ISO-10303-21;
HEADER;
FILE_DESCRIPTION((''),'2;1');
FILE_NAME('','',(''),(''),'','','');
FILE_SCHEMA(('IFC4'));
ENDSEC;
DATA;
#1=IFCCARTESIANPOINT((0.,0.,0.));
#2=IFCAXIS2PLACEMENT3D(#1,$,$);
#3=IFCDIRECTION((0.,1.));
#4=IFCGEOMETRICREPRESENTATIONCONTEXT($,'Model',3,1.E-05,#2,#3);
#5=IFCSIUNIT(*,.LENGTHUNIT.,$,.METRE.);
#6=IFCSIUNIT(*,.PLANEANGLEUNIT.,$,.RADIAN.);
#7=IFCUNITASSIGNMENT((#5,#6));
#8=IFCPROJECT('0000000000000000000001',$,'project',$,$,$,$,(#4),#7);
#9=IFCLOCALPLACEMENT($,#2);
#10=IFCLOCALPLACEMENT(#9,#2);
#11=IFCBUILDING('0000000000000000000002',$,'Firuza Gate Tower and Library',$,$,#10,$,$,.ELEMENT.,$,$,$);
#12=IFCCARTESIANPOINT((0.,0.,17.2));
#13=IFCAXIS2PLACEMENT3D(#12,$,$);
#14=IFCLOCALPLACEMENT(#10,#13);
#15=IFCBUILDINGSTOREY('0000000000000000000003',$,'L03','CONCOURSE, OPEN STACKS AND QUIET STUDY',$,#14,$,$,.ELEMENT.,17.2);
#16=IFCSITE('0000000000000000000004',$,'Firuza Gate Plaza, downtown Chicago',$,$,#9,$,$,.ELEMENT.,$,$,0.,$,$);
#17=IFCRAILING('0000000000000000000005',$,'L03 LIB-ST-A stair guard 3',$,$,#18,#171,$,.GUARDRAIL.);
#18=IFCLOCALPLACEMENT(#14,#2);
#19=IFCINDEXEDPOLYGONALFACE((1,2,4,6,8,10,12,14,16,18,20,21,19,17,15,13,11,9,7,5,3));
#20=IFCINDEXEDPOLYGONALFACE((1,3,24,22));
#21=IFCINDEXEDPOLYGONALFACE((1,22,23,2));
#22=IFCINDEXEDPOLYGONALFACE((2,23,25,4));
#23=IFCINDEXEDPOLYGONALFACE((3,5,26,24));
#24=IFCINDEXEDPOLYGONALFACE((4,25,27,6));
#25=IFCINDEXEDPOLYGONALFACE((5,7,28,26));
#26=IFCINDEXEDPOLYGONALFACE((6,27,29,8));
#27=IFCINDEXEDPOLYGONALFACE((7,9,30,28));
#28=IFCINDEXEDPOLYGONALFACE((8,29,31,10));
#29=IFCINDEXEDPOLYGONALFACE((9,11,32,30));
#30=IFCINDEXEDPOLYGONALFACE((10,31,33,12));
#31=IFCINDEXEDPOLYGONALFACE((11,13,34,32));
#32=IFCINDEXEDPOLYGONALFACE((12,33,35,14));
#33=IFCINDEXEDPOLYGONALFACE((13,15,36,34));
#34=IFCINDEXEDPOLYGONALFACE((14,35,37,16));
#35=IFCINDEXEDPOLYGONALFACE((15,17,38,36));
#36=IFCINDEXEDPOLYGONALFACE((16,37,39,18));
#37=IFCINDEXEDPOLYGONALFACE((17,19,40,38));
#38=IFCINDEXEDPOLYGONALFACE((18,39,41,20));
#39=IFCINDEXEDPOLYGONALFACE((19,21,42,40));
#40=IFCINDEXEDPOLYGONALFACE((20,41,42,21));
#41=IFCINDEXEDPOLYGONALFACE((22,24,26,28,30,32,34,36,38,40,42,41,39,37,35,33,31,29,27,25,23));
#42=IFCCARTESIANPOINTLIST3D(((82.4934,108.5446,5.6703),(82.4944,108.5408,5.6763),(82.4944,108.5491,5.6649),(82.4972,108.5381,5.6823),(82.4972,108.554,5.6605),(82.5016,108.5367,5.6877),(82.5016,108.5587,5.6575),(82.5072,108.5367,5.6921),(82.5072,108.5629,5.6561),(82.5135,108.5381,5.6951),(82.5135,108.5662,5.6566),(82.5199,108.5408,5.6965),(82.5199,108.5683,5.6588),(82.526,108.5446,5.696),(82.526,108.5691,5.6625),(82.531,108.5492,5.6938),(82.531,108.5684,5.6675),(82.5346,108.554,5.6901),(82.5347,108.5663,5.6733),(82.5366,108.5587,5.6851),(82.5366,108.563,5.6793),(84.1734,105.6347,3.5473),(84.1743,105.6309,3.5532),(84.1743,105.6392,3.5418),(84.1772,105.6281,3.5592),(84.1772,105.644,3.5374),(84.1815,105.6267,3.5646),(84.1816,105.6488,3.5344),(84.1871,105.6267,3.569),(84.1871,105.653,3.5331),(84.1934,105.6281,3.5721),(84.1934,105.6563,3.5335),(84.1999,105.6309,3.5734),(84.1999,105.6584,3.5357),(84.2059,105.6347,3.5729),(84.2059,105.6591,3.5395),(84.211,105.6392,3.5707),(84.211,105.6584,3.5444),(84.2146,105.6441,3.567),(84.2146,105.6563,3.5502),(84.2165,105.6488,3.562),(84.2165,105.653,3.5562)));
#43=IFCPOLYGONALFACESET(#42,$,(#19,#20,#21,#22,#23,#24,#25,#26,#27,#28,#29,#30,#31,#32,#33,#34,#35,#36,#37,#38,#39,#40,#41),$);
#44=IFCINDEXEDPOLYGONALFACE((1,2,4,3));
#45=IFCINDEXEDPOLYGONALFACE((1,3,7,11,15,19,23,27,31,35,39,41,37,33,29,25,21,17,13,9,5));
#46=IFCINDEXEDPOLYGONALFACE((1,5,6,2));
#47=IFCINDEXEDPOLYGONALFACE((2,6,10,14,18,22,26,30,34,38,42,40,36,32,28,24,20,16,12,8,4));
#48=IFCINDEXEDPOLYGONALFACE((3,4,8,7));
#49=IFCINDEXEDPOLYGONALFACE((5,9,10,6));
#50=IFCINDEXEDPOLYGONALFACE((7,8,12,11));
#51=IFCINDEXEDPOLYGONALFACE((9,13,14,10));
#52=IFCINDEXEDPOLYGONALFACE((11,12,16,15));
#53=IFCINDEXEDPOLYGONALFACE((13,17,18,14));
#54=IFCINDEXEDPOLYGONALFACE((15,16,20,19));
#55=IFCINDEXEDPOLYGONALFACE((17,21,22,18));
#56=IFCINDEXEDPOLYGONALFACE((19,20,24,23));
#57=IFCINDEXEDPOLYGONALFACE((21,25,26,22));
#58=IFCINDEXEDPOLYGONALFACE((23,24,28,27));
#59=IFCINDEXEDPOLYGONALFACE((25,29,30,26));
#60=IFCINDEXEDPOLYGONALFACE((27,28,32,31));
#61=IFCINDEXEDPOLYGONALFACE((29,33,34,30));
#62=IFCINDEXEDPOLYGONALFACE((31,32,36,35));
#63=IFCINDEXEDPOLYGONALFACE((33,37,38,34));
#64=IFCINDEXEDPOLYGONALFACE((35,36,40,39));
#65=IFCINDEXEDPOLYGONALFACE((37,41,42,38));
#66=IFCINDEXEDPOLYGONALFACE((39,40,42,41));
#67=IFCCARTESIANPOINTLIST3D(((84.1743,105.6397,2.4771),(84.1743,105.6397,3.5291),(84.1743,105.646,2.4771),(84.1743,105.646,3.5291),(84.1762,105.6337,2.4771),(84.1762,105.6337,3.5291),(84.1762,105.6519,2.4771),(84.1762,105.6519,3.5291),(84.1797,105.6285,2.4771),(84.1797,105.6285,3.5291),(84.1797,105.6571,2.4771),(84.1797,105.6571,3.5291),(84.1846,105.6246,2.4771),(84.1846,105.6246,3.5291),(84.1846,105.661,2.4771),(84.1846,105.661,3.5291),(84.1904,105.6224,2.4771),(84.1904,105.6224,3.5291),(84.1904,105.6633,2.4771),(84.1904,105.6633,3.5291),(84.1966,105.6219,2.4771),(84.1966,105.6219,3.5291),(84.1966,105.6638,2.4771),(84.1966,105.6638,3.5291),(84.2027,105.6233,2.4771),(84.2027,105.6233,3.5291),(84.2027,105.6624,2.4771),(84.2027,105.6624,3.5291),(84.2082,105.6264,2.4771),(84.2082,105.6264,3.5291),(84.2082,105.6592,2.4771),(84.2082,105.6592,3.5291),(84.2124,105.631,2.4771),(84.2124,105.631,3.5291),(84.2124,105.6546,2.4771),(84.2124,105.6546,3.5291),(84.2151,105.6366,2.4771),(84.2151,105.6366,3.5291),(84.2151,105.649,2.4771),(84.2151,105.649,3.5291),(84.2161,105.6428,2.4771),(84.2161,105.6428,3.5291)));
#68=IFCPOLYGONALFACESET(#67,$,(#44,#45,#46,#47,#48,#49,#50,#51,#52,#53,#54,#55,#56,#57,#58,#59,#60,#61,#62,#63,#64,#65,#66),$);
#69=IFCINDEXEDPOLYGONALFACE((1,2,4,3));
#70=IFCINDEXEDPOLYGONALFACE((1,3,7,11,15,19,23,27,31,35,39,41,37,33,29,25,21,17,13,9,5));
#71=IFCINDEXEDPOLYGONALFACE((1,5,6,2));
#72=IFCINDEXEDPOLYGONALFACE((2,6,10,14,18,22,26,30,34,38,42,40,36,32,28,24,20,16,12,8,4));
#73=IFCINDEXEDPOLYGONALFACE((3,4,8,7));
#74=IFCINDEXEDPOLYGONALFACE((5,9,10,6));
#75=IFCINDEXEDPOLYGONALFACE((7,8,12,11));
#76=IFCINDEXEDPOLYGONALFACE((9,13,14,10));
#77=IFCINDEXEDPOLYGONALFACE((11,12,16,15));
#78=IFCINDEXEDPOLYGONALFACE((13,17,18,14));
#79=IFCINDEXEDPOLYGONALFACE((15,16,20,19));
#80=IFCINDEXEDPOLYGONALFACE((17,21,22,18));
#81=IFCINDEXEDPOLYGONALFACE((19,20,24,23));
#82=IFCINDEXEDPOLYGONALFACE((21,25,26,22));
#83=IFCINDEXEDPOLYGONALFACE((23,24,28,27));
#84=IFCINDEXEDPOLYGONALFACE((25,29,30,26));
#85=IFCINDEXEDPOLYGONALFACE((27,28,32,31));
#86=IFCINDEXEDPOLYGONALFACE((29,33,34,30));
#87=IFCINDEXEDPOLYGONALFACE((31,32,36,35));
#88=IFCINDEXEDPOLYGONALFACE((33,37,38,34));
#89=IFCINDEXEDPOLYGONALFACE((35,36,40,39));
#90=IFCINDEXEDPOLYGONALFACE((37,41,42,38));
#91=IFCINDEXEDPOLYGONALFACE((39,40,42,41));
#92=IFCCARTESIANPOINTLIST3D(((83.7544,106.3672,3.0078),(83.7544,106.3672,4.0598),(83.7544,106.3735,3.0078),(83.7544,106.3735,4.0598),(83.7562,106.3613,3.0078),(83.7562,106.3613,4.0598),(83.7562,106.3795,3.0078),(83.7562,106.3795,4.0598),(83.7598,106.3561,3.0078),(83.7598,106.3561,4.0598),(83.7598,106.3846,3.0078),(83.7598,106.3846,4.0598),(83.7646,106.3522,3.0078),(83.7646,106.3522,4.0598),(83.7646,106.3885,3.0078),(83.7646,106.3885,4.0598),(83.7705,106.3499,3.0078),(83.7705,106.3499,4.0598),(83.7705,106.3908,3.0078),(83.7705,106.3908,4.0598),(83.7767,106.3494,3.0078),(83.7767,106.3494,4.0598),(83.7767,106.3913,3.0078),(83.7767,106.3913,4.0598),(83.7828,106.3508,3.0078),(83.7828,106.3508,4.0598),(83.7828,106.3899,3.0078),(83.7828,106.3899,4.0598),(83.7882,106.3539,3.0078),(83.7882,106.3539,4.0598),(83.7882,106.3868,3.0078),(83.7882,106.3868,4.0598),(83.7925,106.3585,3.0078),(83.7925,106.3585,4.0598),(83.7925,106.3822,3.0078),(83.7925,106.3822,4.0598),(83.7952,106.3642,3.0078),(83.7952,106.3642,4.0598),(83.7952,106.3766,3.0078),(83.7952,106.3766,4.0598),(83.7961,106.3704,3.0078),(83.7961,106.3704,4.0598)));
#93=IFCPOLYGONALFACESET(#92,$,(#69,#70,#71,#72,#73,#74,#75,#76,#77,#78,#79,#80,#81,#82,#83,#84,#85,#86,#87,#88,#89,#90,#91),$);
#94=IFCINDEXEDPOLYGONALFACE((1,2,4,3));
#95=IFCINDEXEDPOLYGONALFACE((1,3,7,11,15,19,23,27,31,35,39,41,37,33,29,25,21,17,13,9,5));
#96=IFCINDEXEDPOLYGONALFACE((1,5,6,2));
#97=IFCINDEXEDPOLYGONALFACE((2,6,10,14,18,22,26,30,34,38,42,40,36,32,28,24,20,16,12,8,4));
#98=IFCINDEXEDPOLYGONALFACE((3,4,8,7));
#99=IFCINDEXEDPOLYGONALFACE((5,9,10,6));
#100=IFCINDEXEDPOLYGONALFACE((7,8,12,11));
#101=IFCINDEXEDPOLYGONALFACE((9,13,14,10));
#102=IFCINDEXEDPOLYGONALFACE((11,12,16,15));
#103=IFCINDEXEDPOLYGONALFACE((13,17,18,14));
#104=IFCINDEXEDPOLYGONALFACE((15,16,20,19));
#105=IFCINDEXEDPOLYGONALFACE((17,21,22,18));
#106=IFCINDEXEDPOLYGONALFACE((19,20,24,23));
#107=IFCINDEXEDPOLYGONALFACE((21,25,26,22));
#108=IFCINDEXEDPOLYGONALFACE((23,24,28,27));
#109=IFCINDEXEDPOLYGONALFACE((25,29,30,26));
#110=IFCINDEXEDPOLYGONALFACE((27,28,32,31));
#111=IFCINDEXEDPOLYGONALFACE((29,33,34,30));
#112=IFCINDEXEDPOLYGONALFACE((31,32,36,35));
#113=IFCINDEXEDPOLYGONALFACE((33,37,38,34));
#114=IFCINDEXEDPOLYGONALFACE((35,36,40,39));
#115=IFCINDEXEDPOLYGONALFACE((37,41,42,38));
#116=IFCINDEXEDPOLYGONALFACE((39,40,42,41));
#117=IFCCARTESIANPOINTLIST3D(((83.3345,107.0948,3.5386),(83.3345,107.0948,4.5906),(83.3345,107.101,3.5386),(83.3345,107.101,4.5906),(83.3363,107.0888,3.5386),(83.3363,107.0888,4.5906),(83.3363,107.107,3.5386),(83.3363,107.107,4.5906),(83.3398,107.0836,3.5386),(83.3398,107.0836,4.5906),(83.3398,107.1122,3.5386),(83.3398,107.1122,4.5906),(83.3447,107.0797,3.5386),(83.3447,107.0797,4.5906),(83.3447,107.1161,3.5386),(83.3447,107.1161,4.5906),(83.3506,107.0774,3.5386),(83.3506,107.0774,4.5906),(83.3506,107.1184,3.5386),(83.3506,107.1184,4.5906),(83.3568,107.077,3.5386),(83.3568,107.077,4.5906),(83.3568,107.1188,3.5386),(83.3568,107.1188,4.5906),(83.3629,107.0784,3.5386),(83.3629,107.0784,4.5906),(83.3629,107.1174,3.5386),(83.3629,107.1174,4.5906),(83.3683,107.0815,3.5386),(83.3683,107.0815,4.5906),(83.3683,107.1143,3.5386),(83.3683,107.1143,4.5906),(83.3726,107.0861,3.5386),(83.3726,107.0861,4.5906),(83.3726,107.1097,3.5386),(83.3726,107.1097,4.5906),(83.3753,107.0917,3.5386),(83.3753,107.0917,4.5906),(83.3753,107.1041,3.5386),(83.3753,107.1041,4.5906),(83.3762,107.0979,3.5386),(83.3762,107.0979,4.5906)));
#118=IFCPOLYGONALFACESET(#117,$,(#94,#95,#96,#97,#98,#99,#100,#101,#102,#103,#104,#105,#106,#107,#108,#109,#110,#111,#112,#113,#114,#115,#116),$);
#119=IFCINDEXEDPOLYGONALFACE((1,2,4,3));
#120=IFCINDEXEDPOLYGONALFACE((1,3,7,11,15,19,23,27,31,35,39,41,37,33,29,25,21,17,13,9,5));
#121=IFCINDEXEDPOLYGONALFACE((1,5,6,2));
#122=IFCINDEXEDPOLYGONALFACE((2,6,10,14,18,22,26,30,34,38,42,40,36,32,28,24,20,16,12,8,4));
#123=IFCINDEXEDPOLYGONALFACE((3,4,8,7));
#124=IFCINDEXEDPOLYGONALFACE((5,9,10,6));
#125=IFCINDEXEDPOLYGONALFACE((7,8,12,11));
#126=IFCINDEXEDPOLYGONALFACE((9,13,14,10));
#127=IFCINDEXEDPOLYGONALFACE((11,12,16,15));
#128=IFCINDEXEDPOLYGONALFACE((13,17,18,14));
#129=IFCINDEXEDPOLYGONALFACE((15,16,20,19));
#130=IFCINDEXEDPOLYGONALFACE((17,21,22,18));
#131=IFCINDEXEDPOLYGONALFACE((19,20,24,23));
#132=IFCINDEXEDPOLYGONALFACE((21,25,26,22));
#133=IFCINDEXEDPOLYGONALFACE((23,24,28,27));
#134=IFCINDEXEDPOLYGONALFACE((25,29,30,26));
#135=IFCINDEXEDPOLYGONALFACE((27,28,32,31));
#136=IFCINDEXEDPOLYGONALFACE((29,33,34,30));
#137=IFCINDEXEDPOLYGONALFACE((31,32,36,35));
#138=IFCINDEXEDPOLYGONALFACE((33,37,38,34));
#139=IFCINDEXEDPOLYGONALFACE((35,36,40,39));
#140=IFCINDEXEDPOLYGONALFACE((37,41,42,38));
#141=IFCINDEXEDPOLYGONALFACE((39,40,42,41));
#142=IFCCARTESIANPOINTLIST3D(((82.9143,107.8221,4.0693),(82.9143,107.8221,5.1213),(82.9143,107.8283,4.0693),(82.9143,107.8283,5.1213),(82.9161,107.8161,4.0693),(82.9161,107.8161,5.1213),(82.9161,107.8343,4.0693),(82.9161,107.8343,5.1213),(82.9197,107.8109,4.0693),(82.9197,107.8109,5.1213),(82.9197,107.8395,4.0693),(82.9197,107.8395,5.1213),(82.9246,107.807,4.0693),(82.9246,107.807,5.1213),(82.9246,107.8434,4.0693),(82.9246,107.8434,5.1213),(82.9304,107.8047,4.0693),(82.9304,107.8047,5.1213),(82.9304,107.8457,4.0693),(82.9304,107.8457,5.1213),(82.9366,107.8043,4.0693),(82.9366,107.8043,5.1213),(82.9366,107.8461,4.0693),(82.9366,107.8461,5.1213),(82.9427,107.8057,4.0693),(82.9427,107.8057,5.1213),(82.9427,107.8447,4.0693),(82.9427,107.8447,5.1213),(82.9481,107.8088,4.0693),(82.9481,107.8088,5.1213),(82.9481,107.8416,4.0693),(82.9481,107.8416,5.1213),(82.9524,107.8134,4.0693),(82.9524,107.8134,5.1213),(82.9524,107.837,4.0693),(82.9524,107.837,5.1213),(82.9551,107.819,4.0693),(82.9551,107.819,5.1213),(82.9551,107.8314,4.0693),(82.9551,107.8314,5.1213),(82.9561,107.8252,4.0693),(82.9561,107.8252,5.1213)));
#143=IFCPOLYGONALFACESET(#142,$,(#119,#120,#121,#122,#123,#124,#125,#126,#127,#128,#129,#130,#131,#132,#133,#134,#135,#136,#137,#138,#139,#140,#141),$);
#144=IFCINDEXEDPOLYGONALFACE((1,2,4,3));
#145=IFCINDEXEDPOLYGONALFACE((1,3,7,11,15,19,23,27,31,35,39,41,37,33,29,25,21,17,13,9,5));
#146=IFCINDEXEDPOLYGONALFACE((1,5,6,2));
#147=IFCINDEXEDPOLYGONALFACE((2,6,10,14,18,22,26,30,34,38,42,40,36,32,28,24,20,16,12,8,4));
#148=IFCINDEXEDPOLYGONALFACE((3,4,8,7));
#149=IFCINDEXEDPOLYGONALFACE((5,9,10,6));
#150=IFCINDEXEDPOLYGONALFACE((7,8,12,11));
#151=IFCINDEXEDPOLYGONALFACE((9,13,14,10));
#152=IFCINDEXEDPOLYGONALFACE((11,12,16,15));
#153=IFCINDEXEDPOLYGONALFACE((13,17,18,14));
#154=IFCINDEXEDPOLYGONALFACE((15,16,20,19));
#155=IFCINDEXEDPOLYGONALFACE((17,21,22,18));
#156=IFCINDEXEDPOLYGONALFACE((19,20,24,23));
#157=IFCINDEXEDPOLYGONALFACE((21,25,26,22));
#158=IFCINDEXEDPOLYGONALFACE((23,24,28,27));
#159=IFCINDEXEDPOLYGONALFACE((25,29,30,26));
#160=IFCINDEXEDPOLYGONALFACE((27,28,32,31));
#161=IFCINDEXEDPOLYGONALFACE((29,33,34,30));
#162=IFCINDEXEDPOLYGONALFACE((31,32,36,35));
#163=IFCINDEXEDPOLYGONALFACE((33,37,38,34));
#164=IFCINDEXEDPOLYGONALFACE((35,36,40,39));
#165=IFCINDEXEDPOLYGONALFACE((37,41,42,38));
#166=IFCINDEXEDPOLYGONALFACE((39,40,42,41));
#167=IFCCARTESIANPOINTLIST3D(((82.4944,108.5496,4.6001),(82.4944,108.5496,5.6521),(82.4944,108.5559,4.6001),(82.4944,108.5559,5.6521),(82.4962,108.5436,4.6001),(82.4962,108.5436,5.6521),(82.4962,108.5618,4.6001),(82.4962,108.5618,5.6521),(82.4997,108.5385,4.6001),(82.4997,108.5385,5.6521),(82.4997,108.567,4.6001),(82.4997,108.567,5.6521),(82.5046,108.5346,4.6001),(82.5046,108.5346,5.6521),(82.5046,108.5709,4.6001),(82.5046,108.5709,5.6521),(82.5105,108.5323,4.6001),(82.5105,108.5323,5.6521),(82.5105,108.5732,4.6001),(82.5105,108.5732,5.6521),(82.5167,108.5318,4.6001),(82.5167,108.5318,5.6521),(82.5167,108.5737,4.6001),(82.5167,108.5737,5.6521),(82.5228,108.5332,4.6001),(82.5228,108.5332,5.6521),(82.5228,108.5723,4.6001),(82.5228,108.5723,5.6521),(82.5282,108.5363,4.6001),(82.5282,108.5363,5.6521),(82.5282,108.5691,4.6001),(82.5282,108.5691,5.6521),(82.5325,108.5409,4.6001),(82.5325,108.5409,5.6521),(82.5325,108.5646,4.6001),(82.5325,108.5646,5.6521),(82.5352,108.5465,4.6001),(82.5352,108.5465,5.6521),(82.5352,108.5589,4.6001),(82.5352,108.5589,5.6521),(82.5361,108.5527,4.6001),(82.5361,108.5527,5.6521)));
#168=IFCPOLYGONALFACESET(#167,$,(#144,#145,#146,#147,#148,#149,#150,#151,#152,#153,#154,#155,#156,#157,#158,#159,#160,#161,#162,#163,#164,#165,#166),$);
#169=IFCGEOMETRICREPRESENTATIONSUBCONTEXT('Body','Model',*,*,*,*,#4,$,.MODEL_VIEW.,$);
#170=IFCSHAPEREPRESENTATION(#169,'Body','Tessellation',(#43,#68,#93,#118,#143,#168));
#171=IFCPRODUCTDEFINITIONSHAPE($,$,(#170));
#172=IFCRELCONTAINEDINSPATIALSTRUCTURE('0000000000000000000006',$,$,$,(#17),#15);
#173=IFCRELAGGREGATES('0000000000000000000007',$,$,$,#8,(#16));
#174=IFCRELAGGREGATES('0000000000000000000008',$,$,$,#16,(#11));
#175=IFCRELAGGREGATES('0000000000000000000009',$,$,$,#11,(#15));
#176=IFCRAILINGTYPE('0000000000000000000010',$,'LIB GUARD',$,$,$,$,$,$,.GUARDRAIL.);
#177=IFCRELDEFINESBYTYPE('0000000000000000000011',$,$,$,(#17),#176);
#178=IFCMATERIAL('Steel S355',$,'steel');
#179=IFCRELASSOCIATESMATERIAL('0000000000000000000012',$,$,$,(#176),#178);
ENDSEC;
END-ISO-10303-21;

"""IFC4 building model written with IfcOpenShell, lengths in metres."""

from ifc_helpers import new_model, si_unit, direction, frame, origin, origin_2d, place, context, subcontext, project, spatial, circle, extrude, material, type_object, element, save


model = new_model("IFC4")

# Units and contexts
model_context = context("Model", 3, precision=1e-05, world=origin(), true_north=direction((0.0, 1.0)))
body_context = subcontext(model_context, "Body", "Model", "MODEL_VIEW")
ifc_project = project(units=[si_unit("LENGTHUNIT", "METRE"), si_unit("PLANEANGLEUNIT", "RADIAN")], contexts=[model_context])

# Site, building, storey
site_placement = place(None, origin())
site = spatial("IfcSite", under=ifc_project, at=site_placement, Name="Firuza Gate Plaza, downtown Chicago", CompositionType="ELEMENT", RefElevation=0.0)
building_placement = place(site_placement, origin())
building = spatial("IfcBuilding", under=site, at=building_placement, Name="Firuza Gate Tower and Library", CompositionType="ELEMENT")
storey_placement = place(building_placement, frame((0.0, 0.0, 17.2)))
storey = spatial("IfcBuildingStorey", under=building, at=storey_placement, Name="L03", Description="CONCOURSE, OPEN STACKS AND QUIET STUDY", CompositionType="ELEMENT", Elevation=17.2)

# Railing
ifc_material_1 = material(Name="Steel S355", Category="steel")
railing_type_1 = type_object("IfcRailingType", Name="LIB GUARD", PredefinedType="GUARDRAIL", material=ifc_material_1)
railing_1_placement = place(storey_placement, frame((84.1951, 105.6428, 2.4771)))
element("IfcRailing", 1, at=railing_1_placement, inside=storey, type_object=railing_type_1, Name="L03 LIB-ST-A stair guard 3", PredefinedType="GUARDRAIL", context=body_context, shape_type="SweptSolid", body=[
    extrude(circle(Radius=0.0239, at=origin_2d()), frame((0.0, 0.0, 1.0762), z_axis=(-0.422672, 0.732135, 0.53416), x_axis=(-0.866039, -0.499976, 0.0)), (0.0, 0.0, 1.0), 3.9746),
    extrude(circle(Radius=0.021, at=origin_2d()), origin(), (0.0, 0.0, 1.0), 1.052),
    extrude(circle(Radius=0.021, at=origin_2d()), frame((-0.4199, 0.7275, 0.5308)), (0.0, 0.0, 1.0), 1.052),
    extrude(circle(Radius=0.021, at=origin_2d()), frame((-0.8398, 1.4551, 1.0615)), (0.0, 0.0, 1.0), 1.052),
    extrude(circle(Radius=0.021, at=origin_2d()), frame((-1.26, 2.1824, 1.5923)), (0.0, 0.0, 1.0), 1.052),
    extrude(circle(Radius=0.021, at=origin_2d()), frame((-1.6799, 2.9099, 2.123)), (0.0, 0.0, 1.0), 1.052),
])

save(model, "model.ifc")
